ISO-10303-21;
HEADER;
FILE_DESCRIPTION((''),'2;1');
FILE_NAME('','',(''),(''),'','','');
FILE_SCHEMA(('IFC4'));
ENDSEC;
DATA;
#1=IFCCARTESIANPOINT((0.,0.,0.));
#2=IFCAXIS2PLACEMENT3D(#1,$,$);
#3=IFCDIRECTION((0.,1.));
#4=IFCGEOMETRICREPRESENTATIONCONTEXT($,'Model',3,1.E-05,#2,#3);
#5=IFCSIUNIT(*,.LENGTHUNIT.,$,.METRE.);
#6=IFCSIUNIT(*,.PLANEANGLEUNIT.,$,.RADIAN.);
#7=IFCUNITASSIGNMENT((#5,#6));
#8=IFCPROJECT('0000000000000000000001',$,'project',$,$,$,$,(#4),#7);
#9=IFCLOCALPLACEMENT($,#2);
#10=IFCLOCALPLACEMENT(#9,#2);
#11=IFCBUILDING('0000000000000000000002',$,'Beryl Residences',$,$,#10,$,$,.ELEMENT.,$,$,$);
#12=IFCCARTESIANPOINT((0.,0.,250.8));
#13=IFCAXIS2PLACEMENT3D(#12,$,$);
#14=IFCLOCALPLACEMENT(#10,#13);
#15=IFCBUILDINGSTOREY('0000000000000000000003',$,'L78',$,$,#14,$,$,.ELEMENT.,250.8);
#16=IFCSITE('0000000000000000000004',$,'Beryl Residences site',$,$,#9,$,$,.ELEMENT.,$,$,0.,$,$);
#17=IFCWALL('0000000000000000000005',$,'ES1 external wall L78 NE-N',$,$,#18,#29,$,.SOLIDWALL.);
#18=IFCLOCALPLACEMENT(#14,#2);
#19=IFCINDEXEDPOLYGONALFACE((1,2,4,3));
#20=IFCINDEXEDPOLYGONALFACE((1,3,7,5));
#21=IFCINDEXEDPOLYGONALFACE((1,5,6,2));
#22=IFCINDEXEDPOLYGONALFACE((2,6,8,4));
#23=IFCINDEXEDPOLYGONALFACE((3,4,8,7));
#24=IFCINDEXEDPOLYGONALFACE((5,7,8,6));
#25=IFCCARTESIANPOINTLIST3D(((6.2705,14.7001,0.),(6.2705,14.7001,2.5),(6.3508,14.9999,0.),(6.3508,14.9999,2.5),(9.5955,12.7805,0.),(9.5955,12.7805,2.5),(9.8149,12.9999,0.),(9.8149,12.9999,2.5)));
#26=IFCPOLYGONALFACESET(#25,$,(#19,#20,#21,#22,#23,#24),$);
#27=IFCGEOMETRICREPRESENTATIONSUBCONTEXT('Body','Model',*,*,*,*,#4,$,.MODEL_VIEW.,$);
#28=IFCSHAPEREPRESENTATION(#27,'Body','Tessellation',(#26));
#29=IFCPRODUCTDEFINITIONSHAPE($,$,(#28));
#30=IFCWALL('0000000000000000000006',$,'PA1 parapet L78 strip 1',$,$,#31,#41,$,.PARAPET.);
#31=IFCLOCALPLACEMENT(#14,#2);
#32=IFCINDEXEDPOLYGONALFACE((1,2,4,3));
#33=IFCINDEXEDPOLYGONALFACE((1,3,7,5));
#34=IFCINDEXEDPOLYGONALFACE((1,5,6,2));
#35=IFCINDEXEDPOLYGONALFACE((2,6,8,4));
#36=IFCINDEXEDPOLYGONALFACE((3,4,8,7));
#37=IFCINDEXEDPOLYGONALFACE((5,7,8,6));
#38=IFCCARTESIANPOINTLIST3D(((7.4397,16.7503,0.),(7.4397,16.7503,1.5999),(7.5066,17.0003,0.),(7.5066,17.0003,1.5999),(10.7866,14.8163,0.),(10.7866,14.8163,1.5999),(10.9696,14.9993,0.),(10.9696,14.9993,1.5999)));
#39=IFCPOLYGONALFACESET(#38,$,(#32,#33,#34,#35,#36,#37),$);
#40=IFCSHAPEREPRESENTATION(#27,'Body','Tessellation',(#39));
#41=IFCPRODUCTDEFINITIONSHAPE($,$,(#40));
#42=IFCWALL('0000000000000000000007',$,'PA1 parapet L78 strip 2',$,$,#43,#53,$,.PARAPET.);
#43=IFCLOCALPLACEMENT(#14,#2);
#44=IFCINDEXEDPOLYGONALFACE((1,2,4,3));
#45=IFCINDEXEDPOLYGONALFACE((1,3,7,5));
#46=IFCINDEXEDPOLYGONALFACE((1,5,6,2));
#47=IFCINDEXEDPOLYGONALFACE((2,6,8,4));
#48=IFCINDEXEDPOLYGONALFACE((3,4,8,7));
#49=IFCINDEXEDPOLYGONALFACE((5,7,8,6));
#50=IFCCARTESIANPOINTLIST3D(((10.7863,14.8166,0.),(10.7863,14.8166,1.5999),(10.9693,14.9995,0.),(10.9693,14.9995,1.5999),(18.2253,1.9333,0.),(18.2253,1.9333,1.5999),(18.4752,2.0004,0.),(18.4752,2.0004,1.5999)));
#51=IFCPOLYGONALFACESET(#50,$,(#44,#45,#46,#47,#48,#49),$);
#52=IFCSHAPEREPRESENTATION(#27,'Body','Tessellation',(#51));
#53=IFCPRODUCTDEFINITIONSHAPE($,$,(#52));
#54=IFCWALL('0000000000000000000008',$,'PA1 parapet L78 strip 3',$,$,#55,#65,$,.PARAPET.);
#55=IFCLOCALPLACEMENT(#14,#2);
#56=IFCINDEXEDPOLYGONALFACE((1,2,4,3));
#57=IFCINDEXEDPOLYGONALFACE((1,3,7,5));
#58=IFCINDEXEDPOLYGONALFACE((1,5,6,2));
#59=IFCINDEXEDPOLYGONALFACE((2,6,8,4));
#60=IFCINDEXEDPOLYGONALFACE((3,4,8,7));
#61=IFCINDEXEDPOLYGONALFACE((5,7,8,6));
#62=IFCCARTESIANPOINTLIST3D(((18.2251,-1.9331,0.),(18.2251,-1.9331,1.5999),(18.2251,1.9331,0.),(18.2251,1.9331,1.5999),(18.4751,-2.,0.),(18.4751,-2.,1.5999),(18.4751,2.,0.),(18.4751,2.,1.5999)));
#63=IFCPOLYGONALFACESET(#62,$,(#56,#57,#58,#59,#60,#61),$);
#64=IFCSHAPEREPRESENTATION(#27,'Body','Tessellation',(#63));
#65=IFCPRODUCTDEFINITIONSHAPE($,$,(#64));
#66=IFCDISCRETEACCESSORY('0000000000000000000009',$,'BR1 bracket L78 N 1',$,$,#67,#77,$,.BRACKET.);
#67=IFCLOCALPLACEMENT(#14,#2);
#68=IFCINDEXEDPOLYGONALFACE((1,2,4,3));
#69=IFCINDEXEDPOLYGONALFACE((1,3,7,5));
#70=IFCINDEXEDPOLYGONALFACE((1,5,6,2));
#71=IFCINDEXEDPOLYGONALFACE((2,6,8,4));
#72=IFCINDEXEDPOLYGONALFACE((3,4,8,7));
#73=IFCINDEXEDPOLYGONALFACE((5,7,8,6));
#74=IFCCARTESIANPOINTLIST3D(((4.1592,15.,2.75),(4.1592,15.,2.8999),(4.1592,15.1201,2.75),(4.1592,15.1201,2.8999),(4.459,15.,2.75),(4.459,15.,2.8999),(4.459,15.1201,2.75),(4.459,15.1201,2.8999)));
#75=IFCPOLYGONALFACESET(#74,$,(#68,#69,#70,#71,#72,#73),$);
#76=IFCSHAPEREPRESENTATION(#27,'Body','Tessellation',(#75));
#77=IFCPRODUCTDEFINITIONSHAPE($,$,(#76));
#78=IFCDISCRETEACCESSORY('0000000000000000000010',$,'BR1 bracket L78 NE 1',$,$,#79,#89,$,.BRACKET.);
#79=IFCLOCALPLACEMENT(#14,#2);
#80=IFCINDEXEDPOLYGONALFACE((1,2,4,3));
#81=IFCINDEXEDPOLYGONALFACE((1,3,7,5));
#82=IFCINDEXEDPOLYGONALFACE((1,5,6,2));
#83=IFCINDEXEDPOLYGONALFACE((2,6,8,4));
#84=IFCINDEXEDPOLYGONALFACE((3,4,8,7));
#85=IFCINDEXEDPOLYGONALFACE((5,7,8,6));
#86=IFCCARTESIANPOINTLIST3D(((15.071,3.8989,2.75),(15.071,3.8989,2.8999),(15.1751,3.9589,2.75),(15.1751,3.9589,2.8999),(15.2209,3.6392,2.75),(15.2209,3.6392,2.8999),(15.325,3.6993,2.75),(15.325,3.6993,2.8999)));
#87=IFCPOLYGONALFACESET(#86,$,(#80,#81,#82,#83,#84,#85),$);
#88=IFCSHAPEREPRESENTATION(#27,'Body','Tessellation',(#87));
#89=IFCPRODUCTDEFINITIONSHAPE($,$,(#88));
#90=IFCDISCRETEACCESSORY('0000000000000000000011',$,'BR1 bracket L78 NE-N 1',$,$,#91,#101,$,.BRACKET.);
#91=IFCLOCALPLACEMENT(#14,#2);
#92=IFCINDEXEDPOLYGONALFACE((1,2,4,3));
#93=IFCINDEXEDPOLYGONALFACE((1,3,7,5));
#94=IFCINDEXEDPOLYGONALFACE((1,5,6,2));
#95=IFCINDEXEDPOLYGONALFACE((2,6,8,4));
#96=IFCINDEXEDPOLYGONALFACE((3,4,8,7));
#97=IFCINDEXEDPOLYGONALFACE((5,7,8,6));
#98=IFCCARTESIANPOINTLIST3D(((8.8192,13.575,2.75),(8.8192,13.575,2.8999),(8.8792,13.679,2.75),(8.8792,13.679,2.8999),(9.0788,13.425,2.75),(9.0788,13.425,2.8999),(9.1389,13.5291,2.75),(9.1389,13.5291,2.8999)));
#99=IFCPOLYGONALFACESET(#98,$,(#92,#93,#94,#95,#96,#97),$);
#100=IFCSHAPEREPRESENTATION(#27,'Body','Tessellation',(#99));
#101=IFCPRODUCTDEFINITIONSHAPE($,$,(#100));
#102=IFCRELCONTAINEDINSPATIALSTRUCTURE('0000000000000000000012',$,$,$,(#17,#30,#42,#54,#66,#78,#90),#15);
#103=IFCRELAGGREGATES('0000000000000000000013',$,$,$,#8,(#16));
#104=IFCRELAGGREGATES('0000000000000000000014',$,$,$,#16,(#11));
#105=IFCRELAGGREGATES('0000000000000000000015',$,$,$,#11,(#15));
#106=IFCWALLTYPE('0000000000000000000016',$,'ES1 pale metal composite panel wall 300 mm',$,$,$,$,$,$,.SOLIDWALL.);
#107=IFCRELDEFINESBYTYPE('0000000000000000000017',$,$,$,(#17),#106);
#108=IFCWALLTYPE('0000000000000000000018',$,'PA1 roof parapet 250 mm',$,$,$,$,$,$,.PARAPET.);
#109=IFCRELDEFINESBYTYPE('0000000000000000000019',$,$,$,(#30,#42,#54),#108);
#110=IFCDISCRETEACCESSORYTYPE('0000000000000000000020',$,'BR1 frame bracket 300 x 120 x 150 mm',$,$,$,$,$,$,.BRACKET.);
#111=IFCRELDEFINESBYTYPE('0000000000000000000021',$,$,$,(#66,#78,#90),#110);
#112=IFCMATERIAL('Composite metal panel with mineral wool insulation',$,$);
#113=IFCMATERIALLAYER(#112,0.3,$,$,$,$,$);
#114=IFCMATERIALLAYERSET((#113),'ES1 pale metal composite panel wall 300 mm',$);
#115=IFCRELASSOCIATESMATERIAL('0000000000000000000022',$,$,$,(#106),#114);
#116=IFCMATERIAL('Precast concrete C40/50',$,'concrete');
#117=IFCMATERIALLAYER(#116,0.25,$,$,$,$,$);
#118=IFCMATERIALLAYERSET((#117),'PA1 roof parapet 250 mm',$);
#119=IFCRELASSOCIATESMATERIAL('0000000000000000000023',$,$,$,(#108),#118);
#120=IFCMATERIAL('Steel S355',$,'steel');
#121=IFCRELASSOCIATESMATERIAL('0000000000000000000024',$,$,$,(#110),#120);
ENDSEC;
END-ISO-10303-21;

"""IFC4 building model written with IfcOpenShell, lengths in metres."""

from ifc_helpers import new_model, si_unit, direction, frame, origin, place, context, subcontext, project, spatial, polyline, outline, extrude, source, transform, mapped, material, layer, layer_set, type_object, type_shapes, element, save


model = new_model("IFC4")

# Units and contexts
model_context = context("Model", 3, precision=1e-05, world=origin(), true_north=direction((0.0, 1.0)))
body_context = subcontext(model_context, "Body", "Model", "MODEL_VIEW")
ifc_project = project(units=[si_unit("LENGTHUNIT", "METRE"), si_unit("PLANEANGLEUNIT", "RADIAN")], contexts=[model_context])

# Site, building, storey
site_placement = place(None, origin())
site = spatial("IfcSite", under=ifc_project, at=site_placement, Name="Beryl Residences site", CompositionType="ELEMENT", RefElevation=0.0)
building_placement = place(site_placement, origin())
building = spatial("IfcBuilding", under=site, at=building_placement, Name="Beryl Residences", CompositionType="ELEMENT")
storey_placement = place(building_placement, frame((0.0, 0.0, 250.8)))
storey = spatial("IfcBuildingStorey", under=building, at=storey_placement, Name="L78", CompositionType="ELEMENT", Elevation=250.8)

# Walls
ifc_material_1 = material(Name="Composite metal panel with mineral wool insulation")
ifc_layer_1 = layer(ifc_material_1, 0.3)
ifc_layer_set_1 = layer_set([ifc_layer_1], Name="ES1 pale metal composite panel wall 300 mm")
wall_type_1 = type_object("IfcWallType", Name="ES1 pale metal composite panel wall 300 mm", PredefinedType="SOLIDWALL", material=ifc_layer_set_1)
wall_1_placement = place(storey_placement, frame((9.74, 12.8701, 0.0), z_axis=(0.0, 0.0, 1.0), x_axis=(-0.866026, 0.499999, 0.0)))
element("IfcWall", 1, at=wall_1_placement, inside=storey, type_object=wall_type_1, Name="ES1 external wall L78 NE-N", PredefinedType="SOLIDWALL", context=body_context, shape_type="SweptSolid", body=[
    extrude(outline(polyline([(0.0, -0.1499), (4.0, -0.1499), (3.9197, 0.1499), (0.0803, 0.1499), (0.0, -0.1499)])), origin(), (0.0, 0.0, 1.0), 2.5),
])
ifc_material_2 = material(Name="Precast concrete C40/50", Category="concrete")
ifc_layer_2 = layer(ifc_material_2, 0.25)
ifc_layer_set_2 = layer_set([ifc_layer_2], Name="PA1 roof parapet 250 mm")
wall_type_2 = type_object("IfcWallType", Name="PA1 roof parapet 250 mm", PredefinedType="PARAPET", material=ifc_layer_set_2)
wall_2_placement = place(storey_placement, frame((7.4441, 16.8921, 0.0), z_axis=(0.0, 0.0, 1.0), x_axis=(0.865844, -0.500314, 0.0)))
element("IfcWall", 2, at=wall_2_placement, inside=storey, type_object=wall_type_2, Name="PA1 parapet L78 strip 1", PredefinedType="PARAPET", context=body_context, shape_type="SweptSolid", body=[
    extrude(outline(polyline([(0.0671, -0.125), (3.9326, -0.125), (3.9995, 0.125), (0.0, 0.125), (0.0671, -0.125)])), origin(), (0.0, 0.0, 1.0), 1.5999),
])
wall_3_placement = place(storey_placement, frame((10.8611, 14.937, 0.0), z_axis=(0.0, 0.0, 1.0), x_axis=(0.500043, -0.866, 0.0)))
element("IfcWall", 3, at=wall_3_placement, inside=storey, type_object=wall_type_2, Name="PA1 parapet L78 strip 2", PredefinedType="PARAPET", context=body_context, shape_type="SweptSolid", body=[
    extrude(outline(polyline([(0.0669, -0.125), (14.9436, -0.125), (15.0105, 0.125), (0.0, 0.125), (0.0669, -0.125)])), origin(), (0.0, 0.0, 1.0), 1.5999),
])
wall_4_placement = place(storey_placement, frame((18.3501, 2.0, 0.0), z_axis=(0.0, 0.0, 1.0), x_axis=(0.0, -1.0, 0.0)))
element("IfcWall", 4, at=wall_4_placement, inside=storey, type_object=wall_type_2, Name="PA1 parapet L78 strip 3", PredefinedType="PARAPET", context=body_context, shape_type="SweptSolid", body=[
    extrude(outline(polyline([(0.0669, -0.125), (3.9331, -0.125), (4.0, 0.125), (0.0, 0.125), (0.0669, -0.125)])), origin(), (0.0, 0.0, 1.0), 1.5999),
])

# Discrete accessories
ifc_material_3 = material(Name="Steel S355", Category="steel")
discrete_accessory_type = type_object("IfcDiscreteAccessoryType", Name="BR1 frame bracket 300 x 120 x 150 mm", PredefinedType="BRACKET", material=ifc_material_3)
shared_shape_1 = source(origin(), body_context, "Body", "SweptSolid", [
    extrude(outline(polyline([(-0.1499, 0.0), (0.1499, 0.0), (0.1499, 0.1201), (-0.1499, 0.1201), (-0.1499, 0.0)])), origin(), (0.0, 0.0, 1.0), 0.1499),
])
type_shapes(discrete_accessory_type, [shared_shape_1])
for number, where, z_axis, x_axis, name in (
    (5, (4.3091, 15.0, 2.75), (0.0, 0.0, 1.0), (1.0, 0.0, 0.0), "BR1 bracket L78 N 1"),
    (6, (15.146, 3.769, 2.75), (0.0, 0.0, 1.0), (0.5, -0.866025, 0.0), "BR1 bracket L78 NE 1"),
    (7, (8.949, 13.5, 2.75), (0.0, 0.0, 1.0), (0.866025, -0.5, 0.0), "BR1 bracket L78 NE-N 1"),
):
    element("IfcDiscreteAccessory", number, at=place(storey_placement, frame(where, z_axis=z_axis, x_axis=x_axis)), inside=storey, type_object=discrete_accessory_type, Name=name, PredefinedType="BRACKET", context=body_context, shape_type="MappedRepresentation", body=[
        mapped(shared_shape_1, transform((0.0, 0.0, 0.0))),
    ])

save(model, "model.ifc")
